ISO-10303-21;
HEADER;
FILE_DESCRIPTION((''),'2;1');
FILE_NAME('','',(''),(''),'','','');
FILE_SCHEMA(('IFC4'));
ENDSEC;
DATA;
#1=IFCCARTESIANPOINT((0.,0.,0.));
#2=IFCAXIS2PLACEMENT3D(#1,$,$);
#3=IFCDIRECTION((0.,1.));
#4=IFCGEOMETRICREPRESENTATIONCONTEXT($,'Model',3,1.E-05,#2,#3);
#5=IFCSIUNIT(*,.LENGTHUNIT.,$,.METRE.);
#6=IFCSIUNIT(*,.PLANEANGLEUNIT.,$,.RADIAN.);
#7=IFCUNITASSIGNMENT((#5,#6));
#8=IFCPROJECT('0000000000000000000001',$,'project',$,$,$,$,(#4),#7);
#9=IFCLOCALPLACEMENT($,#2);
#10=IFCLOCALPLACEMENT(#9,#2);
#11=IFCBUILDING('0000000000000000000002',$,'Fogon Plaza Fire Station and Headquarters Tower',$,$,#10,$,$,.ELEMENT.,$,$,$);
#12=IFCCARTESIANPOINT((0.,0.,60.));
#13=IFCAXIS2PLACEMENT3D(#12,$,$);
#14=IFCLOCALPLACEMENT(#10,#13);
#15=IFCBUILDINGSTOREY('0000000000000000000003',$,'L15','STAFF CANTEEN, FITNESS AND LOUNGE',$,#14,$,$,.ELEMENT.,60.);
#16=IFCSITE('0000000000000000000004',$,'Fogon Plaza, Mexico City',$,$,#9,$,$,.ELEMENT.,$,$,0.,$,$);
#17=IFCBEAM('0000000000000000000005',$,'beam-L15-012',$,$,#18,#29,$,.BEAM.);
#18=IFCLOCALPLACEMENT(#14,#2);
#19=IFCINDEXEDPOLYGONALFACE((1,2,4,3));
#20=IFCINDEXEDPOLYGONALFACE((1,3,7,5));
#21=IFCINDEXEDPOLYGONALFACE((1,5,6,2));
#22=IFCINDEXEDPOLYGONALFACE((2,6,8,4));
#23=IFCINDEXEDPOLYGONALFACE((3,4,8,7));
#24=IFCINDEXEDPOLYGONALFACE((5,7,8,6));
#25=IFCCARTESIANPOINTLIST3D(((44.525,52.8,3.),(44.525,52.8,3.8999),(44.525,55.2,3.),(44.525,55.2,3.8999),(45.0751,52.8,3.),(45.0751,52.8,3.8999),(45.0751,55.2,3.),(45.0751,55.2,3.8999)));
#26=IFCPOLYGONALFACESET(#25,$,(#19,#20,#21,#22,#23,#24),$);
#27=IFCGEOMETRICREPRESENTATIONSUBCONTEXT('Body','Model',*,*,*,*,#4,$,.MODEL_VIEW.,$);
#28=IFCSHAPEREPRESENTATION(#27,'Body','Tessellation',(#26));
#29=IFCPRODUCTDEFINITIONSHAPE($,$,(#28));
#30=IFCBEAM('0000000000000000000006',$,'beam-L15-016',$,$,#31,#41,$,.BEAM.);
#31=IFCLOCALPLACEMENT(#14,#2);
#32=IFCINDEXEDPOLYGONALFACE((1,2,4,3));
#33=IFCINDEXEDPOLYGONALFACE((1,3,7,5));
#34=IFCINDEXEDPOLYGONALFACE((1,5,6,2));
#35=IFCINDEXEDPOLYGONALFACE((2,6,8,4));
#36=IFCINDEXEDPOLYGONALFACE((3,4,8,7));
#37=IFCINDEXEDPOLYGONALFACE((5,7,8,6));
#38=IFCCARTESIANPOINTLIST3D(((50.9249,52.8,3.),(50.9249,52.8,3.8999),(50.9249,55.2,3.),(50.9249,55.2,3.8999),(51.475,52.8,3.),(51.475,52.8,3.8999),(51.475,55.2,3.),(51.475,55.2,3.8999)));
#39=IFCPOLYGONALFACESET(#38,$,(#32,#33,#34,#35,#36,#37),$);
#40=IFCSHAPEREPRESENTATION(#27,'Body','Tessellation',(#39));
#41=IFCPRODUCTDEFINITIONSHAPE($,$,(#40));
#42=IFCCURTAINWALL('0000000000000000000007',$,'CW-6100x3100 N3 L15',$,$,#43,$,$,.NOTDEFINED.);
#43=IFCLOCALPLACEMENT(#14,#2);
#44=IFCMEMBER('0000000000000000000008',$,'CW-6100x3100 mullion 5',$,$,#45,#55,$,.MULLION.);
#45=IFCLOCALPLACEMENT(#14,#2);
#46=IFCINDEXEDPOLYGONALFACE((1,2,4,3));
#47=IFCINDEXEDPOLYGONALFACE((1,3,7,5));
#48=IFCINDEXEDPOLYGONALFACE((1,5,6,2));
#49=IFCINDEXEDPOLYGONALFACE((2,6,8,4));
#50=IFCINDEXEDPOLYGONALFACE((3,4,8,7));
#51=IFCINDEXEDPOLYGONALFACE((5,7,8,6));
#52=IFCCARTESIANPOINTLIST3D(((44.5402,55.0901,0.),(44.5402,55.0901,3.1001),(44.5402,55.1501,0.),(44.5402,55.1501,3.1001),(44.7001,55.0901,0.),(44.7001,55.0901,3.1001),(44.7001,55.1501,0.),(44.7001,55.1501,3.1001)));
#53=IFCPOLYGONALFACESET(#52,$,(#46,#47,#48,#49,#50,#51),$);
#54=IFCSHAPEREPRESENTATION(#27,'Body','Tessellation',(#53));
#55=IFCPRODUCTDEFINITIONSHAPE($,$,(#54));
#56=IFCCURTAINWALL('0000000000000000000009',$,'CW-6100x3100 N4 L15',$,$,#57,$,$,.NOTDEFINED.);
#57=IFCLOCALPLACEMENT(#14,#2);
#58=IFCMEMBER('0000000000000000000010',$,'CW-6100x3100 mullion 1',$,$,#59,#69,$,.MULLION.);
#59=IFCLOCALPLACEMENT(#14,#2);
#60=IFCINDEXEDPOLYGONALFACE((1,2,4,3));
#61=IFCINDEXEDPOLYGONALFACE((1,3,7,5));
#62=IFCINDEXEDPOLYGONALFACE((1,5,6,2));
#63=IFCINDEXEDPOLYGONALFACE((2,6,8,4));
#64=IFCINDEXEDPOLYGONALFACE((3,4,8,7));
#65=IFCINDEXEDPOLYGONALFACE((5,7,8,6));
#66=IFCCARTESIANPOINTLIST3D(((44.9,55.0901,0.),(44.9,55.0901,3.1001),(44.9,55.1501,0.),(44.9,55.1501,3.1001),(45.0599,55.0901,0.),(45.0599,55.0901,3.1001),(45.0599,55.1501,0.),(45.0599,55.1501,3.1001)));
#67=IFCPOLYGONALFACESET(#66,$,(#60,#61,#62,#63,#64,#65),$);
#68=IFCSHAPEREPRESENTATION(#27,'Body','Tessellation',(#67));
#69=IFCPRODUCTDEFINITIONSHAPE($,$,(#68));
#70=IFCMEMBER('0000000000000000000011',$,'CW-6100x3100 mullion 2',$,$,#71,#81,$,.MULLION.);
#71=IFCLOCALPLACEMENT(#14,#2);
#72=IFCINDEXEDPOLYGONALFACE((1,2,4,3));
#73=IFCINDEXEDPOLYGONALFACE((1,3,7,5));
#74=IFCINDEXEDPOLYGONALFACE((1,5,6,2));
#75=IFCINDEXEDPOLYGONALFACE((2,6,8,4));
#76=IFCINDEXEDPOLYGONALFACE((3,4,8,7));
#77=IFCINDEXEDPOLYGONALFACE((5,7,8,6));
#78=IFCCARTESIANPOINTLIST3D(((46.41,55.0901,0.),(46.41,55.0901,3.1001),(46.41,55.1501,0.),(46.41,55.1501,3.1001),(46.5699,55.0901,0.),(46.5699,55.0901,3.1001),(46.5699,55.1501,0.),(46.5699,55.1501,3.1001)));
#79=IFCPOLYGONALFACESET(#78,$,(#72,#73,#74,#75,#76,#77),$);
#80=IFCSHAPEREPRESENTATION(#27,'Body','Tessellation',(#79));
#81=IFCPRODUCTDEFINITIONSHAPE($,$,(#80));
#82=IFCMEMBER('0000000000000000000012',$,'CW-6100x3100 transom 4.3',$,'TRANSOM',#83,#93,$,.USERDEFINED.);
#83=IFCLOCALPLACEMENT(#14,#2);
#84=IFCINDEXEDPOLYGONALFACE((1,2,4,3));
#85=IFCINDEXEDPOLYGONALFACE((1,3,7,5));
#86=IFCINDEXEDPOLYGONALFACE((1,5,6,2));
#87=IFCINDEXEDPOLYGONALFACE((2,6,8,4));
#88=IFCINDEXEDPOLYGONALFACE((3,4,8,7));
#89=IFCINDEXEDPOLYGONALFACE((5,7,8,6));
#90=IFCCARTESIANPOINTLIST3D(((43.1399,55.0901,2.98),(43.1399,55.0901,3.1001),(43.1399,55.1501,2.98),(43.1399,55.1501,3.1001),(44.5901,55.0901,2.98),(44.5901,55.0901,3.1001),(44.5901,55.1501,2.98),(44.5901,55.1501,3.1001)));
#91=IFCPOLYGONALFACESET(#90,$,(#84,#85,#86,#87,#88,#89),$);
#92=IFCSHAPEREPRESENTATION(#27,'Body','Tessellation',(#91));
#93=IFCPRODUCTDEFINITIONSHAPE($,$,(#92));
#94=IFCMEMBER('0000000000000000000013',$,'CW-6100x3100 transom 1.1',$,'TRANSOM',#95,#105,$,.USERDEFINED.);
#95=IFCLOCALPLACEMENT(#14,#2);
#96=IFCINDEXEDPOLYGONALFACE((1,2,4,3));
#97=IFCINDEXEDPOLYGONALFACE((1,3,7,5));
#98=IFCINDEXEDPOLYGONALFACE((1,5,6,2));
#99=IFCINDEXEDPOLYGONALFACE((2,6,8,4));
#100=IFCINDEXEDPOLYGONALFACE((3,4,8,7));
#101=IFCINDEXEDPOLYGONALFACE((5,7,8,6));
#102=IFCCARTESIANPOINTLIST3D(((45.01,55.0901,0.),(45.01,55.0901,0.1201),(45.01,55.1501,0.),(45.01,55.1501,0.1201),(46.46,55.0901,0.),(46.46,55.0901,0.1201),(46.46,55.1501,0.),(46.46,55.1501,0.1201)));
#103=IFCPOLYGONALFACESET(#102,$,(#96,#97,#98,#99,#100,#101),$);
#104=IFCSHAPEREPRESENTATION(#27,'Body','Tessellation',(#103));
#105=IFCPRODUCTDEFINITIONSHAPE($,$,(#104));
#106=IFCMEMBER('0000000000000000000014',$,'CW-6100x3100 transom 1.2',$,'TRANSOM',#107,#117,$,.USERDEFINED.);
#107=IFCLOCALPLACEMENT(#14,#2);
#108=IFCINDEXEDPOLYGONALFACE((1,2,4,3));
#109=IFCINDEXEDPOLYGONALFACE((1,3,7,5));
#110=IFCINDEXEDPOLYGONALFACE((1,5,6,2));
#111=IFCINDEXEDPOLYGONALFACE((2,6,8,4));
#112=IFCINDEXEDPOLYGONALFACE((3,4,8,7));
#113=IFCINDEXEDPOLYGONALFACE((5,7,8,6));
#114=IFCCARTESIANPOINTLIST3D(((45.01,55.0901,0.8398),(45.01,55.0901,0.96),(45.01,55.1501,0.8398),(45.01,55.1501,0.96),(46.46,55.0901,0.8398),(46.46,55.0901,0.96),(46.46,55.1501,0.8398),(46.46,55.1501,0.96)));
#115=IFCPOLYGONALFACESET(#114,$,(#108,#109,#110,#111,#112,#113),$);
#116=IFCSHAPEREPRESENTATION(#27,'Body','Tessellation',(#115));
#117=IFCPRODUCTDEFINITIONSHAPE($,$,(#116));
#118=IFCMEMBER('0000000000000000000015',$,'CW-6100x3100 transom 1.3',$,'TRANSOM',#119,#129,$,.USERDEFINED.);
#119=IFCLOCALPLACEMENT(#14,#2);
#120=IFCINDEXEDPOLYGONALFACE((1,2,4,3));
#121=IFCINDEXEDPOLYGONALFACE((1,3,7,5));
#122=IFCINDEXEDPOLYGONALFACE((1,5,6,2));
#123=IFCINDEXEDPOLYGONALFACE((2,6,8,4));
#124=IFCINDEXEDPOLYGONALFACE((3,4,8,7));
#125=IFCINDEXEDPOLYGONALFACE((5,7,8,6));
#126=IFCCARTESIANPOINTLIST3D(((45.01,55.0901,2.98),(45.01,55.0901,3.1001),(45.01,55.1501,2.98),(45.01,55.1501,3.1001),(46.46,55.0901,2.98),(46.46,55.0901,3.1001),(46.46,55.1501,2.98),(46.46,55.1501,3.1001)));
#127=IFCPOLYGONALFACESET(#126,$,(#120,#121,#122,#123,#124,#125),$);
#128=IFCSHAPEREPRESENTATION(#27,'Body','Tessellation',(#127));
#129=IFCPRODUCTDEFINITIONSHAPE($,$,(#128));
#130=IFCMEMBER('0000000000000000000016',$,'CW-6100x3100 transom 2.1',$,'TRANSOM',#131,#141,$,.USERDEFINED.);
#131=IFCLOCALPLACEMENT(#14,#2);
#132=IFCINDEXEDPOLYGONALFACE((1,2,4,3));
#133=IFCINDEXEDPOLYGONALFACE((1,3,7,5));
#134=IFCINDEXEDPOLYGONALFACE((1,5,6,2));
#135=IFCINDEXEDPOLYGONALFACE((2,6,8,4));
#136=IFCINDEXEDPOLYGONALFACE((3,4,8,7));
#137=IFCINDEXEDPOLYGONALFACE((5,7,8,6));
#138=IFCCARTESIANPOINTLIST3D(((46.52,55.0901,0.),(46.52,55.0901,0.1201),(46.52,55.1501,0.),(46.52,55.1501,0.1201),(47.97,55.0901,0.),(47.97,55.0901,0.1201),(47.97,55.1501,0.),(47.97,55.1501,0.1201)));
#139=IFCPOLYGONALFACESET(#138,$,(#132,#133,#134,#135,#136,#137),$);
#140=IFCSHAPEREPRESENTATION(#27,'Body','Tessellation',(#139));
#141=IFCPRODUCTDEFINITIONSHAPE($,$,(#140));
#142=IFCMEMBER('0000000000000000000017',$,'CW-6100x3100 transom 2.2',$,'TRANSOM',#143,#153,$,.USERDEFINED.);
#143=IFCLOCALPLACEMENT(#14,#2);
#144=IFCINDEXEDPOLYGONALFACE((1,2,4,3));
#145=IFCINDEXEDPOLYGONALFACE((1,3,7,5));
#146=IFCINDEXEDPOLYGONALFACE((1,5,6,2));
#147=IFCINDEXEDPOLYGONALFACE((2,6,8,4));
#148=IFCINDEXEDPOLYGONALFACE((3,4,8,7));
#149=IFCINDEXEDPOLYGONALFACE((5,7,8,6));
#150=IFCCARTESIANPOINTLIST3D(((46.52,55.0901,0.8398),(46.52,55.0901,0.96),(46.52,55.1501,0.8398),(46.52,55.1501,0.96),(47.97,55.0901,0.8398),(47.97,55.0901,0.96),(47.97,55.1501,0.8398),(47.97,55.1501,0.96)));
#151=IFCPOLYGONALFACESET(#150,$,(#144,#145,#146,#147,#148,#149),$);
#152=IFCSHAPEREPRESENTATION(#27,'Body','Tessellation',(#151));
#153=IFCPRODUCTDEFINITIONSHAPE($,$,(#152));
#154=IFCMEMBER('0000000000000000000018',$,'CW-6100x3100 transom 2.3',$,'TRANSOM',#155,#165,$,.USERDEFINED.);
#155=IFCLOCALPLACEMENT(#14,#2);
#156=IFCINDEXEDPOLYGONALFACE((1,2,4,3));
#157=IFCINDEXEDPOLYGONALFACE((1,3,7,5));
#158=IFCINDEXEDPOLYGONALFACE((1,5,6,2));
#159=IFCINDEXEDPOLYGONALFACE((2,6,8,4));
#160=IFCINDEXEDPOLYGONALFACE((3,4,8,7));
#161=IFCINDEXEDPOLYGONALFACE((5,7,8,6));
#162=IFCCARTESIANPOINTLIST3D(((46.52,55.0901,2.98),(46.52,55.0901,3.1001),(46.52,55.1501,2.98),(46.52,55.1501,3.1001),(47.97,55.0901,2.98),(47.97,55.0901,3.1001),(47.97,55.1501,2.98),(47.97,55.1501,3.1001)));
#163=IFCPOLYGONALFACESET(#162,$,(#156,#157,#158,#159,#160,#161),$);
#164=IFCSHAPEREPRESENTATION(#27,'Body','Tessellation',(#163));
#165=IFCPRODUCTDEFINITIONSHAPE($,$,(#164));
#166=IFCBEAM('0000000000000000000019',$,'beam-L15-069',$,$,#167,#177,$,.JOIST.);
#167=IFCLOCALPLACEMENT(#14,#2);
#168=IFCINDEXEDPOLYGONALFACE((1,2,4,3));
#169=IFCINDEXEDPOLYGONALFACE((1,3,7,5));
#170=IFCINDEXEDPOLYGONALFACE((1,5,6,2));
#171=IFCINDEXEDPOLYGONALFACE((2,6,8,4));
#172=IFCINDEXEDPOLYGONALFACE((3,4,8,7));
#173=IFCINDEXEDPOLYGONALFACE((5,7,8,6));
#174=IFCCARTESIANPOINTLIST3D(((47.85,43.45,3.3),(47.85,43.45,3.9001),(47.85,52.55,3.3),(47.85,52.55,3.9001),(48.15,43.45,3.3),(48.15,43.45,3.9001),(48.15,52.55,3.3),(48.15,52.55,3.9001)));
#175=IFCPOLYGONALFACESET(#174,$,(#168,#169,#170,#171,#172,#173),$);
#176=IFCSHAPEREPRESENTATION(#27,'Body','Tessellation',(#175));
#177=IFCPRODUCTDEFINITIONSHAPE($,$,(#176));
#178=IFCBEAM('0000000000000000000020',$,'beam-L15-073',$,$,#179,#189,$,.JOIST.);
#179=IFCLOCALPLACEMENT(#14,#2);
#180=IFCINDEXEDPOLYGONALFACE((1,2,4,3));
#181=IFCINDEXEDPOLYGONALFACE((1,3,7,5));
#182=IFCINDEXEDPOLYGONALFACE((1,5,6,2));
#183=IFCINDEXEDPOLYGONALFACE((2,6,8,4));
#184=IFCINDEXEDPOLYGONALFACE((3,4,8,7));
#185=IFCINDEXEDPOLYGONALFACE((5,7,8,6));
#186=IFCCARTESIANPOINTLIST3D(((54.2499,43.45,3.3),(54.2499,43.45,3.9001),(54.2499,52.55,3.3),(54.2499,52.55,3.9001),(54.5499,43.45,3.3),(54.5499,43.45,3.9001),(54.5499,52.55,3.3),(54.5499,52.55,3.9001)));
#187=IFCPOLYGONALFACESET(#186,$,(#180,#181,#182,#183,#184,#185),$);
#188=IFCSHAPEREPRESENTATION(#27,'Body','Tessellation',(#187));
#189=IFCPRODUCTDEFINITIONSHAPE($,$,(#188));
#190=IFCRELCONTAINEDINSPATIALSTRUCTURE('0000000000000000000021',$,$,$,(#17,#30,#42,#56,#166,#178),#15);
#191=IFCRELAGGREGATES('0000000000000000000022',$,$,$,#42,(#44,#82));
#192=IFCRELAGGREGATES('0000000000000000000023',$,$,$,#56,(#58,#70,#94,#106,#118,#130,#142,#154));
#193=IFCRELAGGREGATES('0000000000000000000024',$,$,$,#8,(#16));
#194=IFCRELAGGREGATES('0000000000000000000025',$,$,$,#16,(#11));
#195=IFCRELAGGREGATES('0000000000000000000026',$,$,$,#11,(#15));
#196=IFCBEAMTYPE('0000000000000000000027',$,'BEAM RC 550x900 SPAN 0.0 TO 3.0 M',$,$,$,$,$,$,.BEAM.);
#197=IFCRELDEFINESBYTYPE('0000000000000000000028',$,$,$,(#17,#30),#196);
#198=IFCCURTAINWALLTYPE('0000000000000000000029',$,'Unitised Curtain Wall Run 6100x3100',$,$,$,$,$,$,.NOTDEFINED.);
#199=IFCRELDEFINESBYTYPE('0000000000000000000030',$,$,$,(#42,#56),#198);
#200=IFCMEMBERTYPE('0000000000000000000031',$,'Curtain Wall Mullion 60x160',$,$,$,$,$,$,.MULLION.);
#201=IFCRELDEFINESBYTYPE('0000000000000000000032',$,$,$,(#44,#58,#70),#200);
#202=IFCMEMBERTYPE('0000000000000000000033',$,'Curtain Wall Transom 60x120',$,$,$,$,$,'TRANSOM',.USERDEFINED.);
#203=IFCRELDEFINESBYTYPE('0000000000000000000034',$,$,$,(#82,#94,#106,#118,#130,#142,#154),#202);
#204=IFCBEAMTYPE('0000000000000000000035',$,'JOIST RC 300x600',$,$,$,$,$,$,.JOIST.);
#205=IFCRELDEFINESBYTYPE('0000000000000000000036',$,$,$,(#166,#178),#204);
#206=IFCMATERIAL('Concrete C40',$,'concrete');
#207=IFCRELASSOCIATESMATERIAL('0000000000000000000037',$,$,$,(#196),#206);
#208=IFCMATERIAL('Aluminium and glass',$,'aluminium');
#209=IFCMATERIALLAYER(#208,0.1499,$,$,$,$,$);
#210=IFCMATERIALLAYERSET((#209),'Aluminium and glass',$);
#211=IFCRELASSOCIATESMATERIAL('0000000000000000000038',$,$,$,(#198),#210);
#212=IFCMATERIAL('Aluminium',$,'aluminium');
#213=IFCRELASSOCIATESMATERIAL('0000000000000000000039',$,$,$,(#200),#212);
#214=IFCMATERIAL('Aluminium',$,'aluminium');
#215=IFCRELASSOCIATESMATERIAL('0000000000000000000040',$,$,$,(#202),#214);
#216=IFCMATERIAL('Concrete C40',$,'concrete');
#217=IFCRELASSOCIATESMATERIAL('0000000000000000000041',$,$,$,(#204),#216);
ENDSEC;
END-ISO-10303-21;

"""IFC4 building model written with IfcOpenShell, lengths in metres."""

from ifc_helpers import new_model, si_unit, direction, frame, origin, origin_2d, place, context, subcontext, project, spatial, rectangle, extrude, material, layer, layer_set, material_profile, profile_set, type_object, element, aggregate, save


model = new_model("IFC4")

# Units and contexts
model_context = context("Model", 3, precision=1e-05, world=origin(), true_north=direction((0.0, 1.0)))
body_context = subcontext(model_context, "Body", "Model", "MODEL_VIEW")
ifc_project = project(units=[si_unit("LENGTHUNIT", "METRE"), si_unit("PLANEANGLEUNIT", "RADIAN")], contexts=[model_context])

# Site, building, storey
site_placement = place(None, origin())
site = spatial("IfcSite", under=ifc_project, at=site_placement, Name="Fogon Plaza, Mexico City", CompositionType="ELEMENT", RefElevation=0.0)
building_placement = place(site_placement, origin())
building = spatial("IfcBuilding", under=site, at=building_placement, Name="Fogon Plaza Fire Station and Headquarters Tower", CompositionType="ELEMENT")
storey_placement = place(building_placement, frame((0.0, 0.0, 60.0)))
storey = spatial("IfcBuildingStorey", under=building, at=storey_placement, Name="L15", Description="STAFF CANTEEN, FITNESS AND LOUNGE", CompositionType="ELEMENT", Elevation=60.0)

# Beams
ifc_material_1 = material(Name="Concrete C40", Category="concrete")
ifc_material_profile_1 = material_profile(ifc_material_1, rectangle(XDim=0.55, YDim=0.8999, at=origin_2d()), Name="RC 550x900")
ifc_profile_set_1 = profile_set([ifc_material_profile_1], Name="Concrete C40")
beam_type_1 = type_object("IfcBeamType", Name="BEAM RC 550x900 SPAN 0.0 TO 3.0 M", PredefinedType="BEAM", material=ifc_profile_set_1)
for number, where, z_axis, x_axis, name in (
    (1, (44.8, 52.8, 3.45), (0.0, 1.0, 0.0), (-1.0, 0.0, 0.0), "beam-L15-012"),
    (2, (51.2, 52.8, 3.45), (0.0, 1.0, 0.0), (-1.0, 0.0, 0.0), "beam-L15-016"),
):
    element("IfcBeam", number, at=place(storey_placement, frame(where, z_axis=z_axis, x_axis=x_axis)), inside=storey, type_object=beam_type_1, Name=name, PredefinedType="BEAM", context=body_context, shape_type="SweptSolid", body=[
        extrude(rectangle(XDim=0.55, YDim=0.8999, at=origin_2d()), origin(), (0.0, 0.0, 1.0), 2.3999),
    ])

# Curtain wall, member
ifc_material_2 = material(Name="Aluminium and glass", Category="aluminium")
ifc_layer_1 = layer(ifc_material_2, 0.1499)
ifc_layer_set_1 = layer_set([ifc_layer_1], Name="Aluminium and glass")
curtain_wall_type = type_object("IfcCurtainWallType", Name="Unitised Curtain Wall Run 6100x3100", PredefinedType="NOTDEFINED", material=ifc_layer_set_1)
curtain_wall_1_placement = place(storey_placement, origin())
curtain_wall_1 = element("IfcCurtainWall", 3, at=curtain_wall_1_placement, inside=storey, type_object=curtain_wall_type, Name="CW-6100x3100 N3 L15", PredefinedType="NOTDEFINED")
ifc_material_3 = material(Name="Aluminium", Category="aluminium")
ifc_material_profile_2 = material_profile(ifc_material_3, rectangle(XDim=0.0601, YDim=0.1599, at=origin_2d()), Name="Curtain Wall Mullion 60x160")
ifc_profile_set_2 = profile_set([ifc_material_profile_2], Name="Aluminium")
member_type_1 = type_object("IfcMemberType", Name="Curtain Wall Mullion 60x160", PredefinedType="MULLION", material=ifc_profile_set_2)
member_1_placement = place(storey_placement, frame((44.6201, 55.1201, 0.0), z_axis=(0.0, 0.0, 1.0), x_axis=(0.0, 1.0, 0.0)))
member_1 = element("IfcMember", 4, at=member_1_placement, type_object=member_type_1, Name="CW-6100x3100 mullion 5", PredefinedType="MULLION", context=body_context, shape_type="SweptSolid", body=[
    extrude(rectangle(XDim=0.0601, YDim=0.1599, at=origin_2d()), origin(), (0.0, 0.0, 1.0), 3.1001),
])

# Curtain wall, members
curtain_wall_2_placement = place(storey_placement, origin())
curtain_wall_2 = element("IfcCurtainWall", 5, at=curtain_wall_2_placement, inside=storey, type_object=curtain_wall_type, Name="CW-6100x3100 N4 L15", PredefinedType="NOTDEFINED")
member_2_placement = place(storey_placement, frame((44.98, 55.1201, 0.0), z_axis=(0.0, 0.0, 1.0), x_axis=(0.0, 1.0, 0.0)))
member_2 = element("IfcMember", 6, at=member_2_placement, type_object=member_type_1, Name="CW-6100x3100 mullion 1", PredefinedType="MULLION", context=body_context, shape_type="SweptSolid", body=[
    extrude(rectangle(XDim=0.0601, YDim=0.1599, at=origin_2d()), origin(), (0.0, 0.0, 1.0), 3.1001),
])
member_3_placement = place(storey_placement, frame((46.49, 55.1201, 0.0), z_axis=(0.0, 0.0, 1.0), x_axis=(0.0, 1.0, 0.0)))
member_3 = element("IfcMember", 7, at=member_3_placement, type_object=member_type_1, Name="CW-6100x3100 mullion 2", PredefinedType="MULLION", context=body_context, shape_type="SweptSolid", body=[
    extrude(rectangle(XDim=0.0601, YDim=0.1599, at=origin_2d()), origin(), (0.0, 0.0, 1.0), 3.1001),
])

# Members
ifc_material_4 = material(Name="Aluminium", Category="aluminium")
ifc_material_profile_3 = material_profile(ifc_material_4, rectangle(XDim=0.0601, YDim=0.1201, at=origin_2d()), Name="Curtain Wall Transom 60x120")
ifc_profile_set_3 = profile_set([ifc_material_profile_3], Name="Aluminium")
member_type_2 = type_object("IfcMemberType", Name="Curtain Wall Transom 60x120", ElementType="TRANSOM", PredefinedType="USERDEFINED", material=ifc_profile_set_3)
member_4_placement = place(storey_placement, frame((43.1399, 55.1201, 3.04), z_axis=(1.0, 0.0, 0.0), x_axis=(0.0, 1.0, 0.0)))
member_4 = element("IfcMember", 8, at=member_4_placement, type_object=member_type_2, Name="CW-6100x3100 transom 4.3", ObjectType="TRANSOM", PredefinedType="USERDEFINED", context=body_context, shape_type="SweptSolid", body=[
    extrude(rectangle(XDim=0.0601, YDim=0.1201, at=origin_2d()), origin(), (0.0, 0.0, 1.0), 1.4502),
])
member_5_placement = place(storey_placement, frame((45.01, 55.1201, 0.0601), z_axis=(1.0, 0.0, 0.0), x_axis=(0.0, 1.0, 0.0)))
member_5 = element("IfcMember", 9, at=member_5_placement, type_object=member_type_2, Name="CW-6100x3100 transom 1.1", ObjectType="TRANSOM", PredefinedType="USERDEFINED", context=body_context, shape_type="SweptSolid", body=[
    extrude(rectangle(XDim=0.0601, YDim=0.1201, at=origin_2d()), origin(), (0.0, 0.0, 1.0), 1.45),
])
member_6_placement = place(storey_placement, frame((45.01, 55.1201, 0.8999), z_axis=(1.0, 0.0, 0.0), x_axis=(0.0, 1.0, 0.0)))
member_6 = element("IfcMember", 10, at=member_6_placement, type_object=member_type_2, Name="CW-6100x3100 transom 1.2", ObjectType="TRANSOM", PredefinedType="USERDEFINED", context=body_context, shape_type="SweptSolid", body=[
    extrude(rectangle(XDim=0.0601, YDim=0.1201, at=origin_2d()), origin(), (0.0, 0.0, 1.0), 1.45),
])
member_7_placement = place(storey_placement, frame((45.01, 55.1201, 3.04), z_axis=(1.0, 0.0, 0.0), x_axis=(0.0, 1.0, 0.0)))
member_7 = element("IfcMember", 11, at=member_7_placement, type_object=member_type_2, Name="CW-6100x3100 transom 1.3", ObjectType="TRANSOM", PredefinedType="USERDEFINED", context=body_context, shape_type="SweptSolid", body=[
    extrude(rectangle(XDim=0.0601, YDim=0.1201, at=origin_2d()), origin(), (0.0, 0.0, 1.0), 1.45),
])
member_8_placement = place(storey_placement, frame((46.52, 55.1201, 0.0601), z_axis=(1.0, 0.0, 0.0), x_axis=(0.0, 1.0, 0.0)))
member_8 = element("IfcMember", 12, at=member_8_placement, type_object=member_type_2, Name="CW-6100x3100 transom 2.1", ObjectType="TRANSOM", PredefinedType="USERDEFINED", context=body_context, shape_type="SweptSolid", body=[
    extrude(rectangle(XDim=0.0601, YDim=0.1201, at=origin_2d()), origin(), (0.0, 0.0, 1.0), 1.45),
])
member_9_placement = place(storey_placement, frame((46.52, 55.1201, 0.8999), z_axis=(1.0, 0.0, 0.0), x_axis=(0.0, 1.0, 0.0)))
member_9 = element("IfcMember", 13, at=member_9_placement, type_object=member_type_2, Name="CW-6100x3100 transom 2.2", ObjectType="TRANSOM", PredefinedType="USERDEFINED", context=body_context, shape_type="SweptSolid", body=[
    extrude(rectangle(XDim=0.0601, YDim=0.1201, at=origin_2d()), origin(), (0.0, 0.0, 1.0), 1.45),
])
member_10_placement = place(storey_placement, frame((46.52, 55.1201, 3.04), z_axis=(1.0, 0.0, 0.0), x_axis=(0.0, 1.0, 0.0)))
member_10 = element("IfcMember", 14, at=member_10_placement, type_object=member_type_2, Name="CW-6100x3100 transom 2.3", ObjectType="TRANSOM", PredefinedType="USERDEFINED", context=body_context, shape_type="SweptSolid", body=[
    extrude(rectangle(XDim=0.0601, YDim=0.1201, at=origin_2d()), origin(), (0.0, 0.0, 1.0), 1.45),
])

# Beams
ifc_material_5 = material(Name="Concrete C40", Category="concrete")
ifc_material_profile_4 = material_profile(ifc_material_5, rectangle(XDim=0.3, YDim=0.6001, at=origin_2d()), Name="RC 300x600")
ifc_profile_set_4 = profile_set([ifc_material_profile_4], Name="Concrete C40")
beam_type_2 = type_object("IfcBeamType", Name="JOIST RC 300x600", PredefinedType="JOIST", material=ifc_profile_set_4)
for number, where, z_axis, x_axis, name in (
    (15, (48.0, 43.45, 3.6001), (0.0, 1.0, 0.0), (-1.0, 0.0, 0.0), "beam-L15-069"),
    (16, (54.3999, 43.45, 3.6001), (0.0, 1.0, 0.0), (-1.0, 0.0, 0.0), "beam-L15-073"),
):
    element("IfcBeam", number, at=place(storey_placement, frame(where, z_axis=z_axis, x_axis=x_axis)), inside=storey, type_object=beam_type_2, Name=name, PredefinedType="JOIST", context=body_context, shape_type="SweptSolid", body=[
        extrude(rectangle(XDim=0.3, YDim=0.6001, at=origin_2d()), origin(), (0.0, 0.0, 1.0), 9.1001),
    ])

aggregate(curtain_wall_1, [member_1, member_4])
aggregate(curtain_wall_2, [member_2, member_3, member_5, member_6, member_7, member_8, member_9, member_10])

save(model, "model.ifc")
